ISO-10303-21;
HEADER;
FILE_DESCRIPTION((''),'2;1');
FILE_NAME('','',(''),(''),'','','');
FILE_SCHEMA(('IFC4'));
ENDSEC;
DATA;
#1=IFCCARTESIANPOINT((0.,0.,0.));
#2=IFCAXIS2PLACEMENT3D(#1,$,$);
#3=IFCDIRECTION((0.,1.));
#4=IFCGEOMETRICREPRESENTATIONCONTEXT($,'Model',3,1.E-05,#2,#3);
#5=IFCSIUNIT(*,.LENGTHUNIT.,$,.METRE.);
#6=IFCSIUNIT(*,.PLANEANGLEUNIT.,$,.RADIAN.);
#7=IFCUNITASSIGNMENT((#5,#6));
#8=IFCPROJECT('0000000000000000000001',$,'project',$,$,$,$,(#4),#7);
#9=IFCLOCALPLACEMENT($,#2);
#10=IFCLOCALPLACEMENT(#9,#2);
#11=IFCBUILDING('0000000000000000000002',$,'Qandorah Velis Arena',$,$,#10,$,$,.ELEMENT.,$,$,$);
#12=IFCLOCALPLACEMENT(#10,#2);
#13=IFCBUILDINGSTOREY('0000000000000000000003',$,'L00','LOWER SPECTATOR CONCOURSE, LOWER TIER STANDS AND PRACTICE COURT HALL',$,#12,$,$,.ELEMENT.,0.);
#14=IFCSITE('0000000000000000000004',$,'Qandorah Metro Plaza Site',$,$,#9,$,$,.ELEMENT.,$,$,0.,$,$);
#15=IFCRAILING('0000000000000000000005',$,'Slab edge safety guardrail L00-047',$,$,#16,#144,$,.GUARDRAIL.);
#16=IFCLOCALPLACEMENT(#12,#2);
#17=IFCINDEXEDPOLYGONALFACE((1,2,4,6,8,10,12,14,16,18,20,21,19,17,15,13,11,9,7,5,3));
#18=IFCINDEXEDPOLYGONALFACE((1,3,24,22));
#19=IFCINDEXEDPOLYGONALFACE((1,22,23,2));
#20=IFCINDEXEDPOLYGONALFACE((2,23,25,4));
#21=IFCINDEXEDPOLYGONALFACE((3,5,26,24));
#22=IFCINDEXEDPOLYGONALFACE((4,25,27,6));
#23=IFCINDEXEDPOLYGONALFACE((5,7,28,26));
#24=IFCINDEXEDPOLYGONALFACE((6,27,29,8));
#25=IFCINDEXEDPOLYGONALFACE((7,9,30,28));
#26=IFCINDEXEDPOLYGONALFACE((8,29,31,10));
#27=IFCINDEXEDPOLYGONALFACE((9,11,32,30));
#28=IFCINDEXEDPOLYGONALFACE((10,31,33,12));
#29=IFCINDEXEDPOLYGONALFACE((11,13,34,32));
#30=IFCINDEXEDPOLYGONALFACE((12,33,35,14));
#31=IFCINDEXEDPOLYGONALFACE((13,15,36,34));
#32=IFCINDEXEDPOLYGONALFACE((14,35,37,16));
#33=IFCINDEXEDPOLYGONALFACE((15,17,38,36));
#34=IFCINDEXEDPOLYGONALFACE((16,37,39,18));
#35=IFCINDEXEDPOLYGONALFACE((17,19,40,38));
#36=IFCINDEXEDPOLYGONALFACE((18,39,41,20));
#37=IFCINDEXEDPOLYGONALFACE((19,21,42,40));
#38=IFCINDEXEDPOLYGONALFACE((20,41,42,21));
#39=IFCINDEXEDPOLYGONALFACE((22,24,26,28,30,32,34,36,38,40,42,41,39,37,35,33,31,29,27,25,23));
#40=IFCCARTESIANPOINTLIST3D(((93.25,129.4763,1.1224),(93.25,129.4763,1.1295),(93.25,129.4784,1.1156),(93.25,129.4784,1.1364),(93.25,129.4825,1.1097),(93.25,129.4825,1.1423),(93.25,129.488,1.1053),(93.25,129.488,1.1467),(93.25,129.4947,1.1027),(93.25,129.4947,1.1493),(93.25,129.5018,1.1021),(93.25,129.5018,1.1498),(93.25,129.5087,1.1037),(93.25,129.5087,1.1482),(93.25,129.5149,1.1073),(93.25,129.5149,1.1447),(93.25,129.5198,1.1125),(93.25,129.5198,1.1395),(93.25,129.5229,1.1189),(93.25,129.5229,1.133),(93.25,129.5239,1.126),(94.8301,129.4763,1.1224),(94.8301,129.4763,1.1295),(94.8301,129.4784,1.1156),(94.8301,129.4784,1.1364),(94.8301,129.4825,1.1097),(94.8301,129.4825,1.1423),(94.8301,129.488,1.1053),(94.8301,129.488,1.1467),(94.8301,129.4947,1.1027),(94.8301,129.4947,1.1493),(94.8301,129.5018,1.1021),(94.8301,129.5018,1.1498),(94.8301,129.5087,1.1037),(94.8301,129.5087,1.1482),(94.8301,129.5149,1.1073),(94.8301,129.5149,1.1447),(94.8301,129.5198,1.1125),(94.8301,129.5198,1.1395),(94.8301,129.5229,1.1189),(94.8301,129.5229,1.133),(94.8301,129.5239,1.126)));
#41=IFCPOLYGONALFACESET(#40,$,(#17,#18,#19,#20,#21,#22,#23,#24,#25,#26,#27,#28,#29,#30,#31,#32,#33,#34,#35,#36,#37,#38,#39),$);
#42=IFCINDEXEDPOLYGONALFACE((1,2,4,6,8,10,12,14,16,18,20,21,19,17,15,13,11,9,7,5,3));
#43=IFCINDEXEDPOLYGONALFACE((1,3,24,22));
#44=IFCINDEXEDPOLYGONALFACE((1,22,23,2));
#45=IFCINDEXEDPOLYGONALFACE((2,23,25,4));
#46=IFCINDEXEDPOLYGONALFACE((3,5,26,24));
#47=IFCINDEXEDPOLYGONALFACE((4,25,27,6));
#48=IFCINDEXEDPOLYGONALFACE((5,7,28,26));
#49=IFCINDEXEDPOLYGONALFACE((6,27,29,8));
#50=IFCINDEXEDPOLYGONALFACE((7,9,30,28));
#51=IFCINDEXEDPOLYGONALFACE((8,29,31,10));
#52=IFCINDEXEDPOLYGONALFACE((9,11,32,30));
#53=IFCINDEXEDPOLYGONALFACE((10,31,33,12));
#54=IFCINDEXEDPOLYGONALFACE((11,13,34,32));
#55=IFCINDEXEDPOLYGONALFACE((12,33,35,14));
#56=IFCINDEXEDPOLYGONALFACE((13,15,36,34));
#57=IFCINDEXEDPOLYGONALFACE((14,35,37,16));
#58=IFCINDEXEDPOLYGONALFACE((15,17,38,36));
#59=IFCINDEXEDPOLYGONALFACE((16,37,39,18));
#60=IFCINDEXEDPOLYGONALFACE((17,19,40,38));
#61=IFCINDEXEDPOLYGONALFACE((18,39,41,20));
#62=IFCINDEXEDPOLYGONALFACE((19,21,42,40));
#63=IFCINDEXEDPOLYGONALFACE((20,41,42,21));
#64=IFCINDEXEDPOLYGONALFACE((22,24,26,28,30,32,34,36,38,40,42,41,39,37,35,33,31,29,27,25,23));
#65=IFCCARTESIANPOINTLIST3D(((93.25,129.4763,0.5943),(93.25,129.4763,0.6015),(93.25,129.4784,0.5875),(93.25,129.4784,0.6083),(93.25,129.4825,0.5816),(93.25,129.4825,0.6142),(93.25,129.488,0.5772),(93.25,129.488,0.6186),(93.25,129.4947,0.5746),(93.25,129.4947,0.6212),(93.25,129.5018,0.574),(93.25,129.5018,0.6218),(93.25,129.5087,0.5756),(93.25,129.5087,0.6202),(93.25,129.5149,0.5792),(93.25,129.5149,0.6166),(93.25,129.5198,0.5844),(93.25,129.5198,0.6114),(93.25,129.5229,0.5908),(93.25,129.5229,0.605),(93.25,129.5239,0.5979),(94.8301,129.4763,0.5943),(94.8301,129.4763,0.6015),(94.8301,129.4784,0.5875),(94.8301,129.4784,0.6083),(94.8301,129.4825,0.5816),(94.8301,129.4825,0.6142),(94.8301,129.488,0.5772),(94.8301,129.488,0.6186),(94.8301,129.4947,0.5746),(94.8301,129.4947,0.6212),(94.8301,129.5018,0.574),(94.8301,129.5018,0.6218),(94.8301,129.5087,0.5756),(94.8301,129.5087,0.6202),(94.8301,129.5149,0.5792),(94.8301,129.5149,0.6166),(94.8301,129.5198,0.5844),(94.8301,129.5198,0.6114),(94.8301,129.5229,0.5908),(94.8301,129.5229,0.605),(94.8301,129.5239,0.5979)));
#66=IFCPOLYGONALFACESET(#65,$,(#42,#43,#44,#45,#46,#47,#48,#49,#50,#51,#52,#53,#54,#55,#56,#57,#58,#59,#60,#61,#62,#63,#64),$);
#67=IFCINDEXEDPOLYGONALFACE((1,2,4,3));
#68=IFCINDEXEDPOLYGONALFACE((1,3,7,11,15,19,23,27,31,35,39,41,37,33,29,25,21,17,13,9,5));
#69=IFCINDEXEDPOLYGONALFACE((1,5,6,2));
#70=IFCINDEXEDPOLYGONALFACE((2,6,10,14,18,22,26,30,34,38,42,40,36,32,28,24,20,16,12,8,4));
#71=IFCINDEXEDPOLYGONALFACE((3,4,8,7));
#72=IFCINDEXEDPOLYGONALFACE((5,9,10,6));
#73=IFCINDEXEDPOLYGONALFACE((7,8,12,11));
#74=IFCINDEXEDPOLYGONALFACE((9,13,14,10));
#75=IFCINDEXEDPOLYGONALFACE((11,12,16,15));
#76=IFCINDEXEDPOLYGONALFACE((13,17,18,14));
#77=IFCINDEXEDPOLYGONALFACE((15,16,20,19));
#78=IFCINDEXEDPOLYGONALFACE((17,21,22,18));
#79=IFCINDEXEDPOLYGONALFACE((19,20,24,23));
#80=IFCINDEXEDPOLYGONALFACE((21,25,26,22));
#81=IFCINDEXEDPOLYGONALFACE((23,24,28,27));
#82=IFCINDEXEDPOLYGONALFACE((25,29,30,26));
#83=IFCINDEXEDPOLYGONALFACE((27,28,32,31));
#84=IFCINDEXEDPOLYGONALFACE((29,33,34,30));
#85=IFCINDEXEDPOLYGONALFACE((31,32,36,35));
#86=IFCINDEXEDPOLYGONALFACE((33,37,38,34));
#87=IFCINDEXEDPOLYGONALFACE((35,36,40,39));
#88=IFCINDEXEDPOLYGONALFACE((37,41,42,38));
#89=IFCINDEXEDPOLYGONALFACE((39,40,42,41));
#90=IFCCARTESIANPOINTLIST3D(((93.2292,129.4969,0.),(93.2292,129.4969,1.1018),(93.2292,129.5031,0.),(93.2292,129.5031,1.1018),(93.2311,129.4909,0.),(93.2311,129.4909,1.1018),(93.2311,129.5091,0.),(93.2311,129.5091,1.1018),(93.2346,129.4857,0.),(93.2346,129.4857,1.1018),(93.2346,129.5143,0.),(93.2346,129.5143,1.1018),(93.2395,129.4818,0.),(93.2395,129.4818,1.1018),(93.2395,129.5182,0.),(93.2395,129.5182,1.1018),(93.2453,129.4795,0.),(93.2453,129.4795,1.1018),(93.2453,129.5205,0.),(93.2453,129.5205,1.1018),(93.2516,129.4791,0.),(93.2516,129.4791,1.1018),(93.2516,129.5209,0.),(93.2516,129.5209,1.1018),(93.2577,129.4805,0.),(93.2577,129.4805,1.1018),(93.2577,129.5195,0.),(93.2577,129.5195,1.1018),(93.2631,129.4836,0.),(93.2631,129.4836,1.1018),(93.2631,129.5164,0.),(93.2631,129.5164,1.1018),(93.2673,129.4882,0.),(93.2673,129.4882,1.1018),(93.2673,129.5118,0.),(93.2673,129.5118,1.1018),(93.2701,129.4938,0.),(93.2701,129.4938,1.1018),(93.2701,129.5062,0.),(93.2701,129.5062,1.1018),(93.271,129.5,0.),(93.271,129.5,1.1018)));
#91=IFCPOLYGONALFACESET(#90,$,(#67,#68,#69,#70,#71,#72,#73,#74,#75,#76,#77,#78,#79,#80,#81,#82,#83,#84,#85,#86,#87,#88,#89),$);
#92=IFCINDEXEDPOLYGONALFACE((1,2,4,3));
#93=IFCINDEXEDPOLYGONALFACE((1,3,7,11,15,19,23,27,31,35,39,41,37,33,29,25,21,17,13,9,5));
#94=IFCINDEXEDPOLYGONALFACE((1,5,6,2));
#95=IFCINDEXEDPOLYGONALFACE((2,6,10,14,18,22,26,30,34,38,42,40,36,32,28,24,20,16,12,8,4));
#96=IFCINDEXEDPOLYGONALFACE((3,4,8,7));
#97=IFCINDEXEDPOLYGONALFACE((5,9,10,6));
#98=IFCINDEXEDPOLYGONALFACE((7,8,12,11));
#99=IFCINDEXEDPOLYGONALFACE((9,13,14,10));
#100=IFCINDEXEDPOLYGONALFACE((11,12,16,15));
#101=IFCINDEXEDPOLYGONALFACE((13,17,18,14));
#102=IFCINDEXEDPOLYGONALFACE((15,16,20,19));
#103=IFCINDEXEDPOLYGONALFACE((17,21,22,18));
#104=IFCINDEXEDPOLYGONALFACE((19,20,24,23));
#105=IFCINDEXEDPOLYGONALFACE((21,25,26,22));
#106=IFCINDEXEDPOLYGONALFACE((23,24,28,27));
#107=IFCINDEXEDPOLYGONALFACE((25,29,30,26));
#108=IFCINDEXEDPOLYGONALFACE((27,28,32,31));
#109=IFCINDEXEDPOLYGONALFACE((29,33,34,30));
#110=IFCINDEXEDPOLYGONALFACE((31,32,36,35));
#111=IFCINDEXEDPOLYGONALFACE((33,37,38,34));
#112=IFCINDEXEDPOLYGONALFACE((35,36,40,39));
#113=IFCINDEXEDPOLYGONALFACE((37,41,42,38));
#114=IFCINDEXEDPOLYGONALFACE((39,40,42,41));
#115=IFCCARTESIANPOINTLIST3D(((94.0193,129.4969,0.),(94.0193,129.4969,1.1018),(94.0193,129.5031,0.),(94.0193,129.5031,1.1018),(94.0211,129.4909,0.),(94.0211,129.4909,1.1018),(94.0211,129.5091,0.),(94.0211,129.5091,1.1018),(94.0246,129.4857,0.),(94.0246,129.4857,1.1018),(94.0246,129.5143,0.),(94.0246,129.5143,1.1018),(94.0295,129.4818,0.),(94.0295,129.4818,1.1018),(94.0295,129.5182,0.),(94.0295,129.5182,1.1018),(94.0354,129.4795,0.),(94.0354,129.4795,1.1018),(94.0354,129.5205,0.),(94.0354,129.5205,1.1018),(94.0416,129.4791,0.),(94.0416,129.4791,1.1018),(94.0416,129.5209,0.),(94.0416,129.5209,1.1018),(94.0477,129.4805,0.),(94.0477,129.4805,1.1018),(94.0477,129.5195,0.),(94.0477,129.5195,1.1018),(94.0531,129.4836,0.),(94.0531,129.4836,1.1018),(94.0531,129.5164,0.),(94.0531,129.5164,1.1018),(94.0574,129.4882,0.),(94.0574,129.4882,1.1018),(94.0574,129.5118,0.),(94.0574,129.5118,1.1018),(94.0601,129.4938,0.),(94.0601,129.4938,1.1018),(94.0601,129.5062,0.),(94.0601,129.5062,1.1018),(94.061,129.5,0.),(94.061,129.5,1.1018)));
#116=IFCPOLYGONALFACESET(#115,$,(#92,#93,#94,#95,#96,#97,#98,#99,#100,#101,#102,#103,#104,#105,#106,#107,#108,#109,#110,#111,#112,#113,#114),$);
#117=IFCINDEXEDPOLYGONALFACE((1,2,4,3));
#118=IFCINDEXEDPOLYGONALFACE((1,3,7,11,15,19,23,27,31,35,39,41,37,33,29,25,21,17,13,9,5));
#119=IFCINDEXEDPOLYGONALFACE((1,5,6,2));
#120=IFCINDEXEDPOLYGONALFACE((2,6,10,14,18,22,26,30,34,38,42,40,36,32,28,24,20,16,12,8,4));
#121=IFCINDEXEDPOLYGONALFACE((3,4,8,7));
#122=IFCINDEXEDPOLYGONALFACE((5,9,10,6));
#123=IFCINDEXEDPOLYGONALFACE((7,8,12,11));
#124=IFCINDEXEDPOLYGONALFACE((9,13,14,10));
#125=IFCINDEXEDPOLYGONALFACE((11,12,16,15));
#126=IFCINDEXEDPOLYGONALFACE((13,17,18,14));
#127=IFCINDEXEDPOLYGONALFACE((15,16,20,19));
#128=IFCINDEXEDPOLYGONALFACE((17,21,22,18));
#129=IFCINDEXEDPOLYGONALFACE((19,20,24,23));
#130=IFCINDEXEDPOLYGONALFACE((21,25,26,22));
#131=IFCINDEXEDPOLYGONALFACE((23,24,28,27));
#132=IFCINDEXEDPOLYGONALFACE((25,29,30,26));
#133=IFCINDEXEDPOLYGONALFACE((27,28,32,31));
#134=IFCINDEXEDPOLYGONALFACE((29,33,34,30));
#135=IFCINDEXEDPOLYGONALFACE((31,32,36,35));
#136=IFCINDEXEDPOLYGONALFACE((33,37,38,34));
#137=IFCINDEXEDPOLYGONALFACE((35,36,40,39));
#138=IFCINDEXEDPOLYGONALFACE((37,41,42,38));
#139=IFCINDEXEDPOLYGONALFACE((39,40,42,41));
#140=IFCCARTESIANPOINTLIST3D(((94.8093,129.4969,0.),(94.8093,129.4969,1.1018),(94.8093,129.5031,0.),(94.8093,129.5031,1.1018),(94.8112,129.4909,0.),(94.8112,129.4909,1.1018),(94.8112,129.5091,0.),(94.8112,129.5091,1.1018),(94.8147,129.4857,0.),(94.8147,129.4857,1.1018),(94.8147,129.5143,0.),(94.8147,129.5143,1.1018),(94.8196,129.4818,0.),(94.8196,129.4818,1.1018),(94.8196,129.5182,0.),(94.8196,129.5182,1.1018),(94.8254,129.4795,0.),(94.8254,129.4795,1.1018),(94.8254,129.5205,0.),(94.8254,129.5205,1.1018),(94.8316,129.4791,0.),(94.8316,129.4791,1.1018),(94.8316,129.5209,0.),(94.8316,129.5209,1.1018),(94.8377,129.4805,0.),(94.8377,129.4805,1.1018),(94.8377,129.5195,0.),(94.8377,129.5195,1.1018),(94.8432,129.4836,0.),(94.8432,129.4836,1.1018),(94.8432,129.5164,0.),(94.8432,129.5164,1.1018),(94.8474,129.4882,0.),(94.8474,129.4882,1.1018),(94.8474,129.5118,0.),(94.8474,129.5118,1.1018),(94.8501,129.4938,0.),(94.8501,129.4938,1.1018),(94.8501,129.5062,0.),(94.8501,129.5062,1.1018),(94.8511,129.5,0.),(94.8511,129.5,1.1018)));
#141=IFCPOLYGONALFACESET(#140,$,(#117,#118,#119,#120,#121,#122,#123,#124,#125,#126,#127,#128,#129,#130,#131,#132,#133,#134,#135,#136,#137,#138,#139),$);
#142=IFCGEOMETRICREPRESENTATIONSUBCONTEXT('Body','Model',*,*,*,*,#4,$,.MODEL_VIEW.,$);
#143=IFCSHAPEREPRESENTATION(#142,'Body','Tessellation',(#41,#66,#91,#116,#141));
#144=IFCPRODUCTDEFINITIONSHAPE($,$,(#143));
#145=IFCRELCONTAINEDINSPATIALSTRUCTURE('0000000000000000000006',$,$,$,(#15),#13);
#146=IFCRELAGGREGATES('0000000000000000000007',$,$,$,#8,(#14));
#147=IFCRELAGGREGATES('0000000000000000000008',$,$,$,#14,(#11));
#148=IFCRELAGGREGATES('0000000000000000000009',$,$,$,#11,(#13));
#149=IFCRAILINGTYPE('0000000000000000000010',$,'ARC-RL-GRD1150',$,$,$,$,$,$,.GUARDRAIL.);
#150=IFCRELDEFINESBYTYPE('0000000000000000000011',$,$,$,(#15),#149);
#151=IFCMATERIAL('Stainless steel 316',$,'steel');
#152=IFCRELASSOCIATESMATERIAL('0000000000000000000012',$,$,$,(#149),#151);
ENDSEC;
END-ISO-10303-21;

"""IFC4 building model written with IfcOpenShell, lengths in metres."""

from ifc_helpers import new_model, si_unit, direction, frame, origin, origin_2d, place, context, subcontext, project, spatial, circle, extrude, material, type_object, element, save


model = new_model("IFC4")

# Units and contexts
model_context = context("Model", 3, precision=1e-05, world=origin(), true_north=direction((0.0, 1.0)))
body_context = subcontext(model_context, "Body", "Model", "MODEL_VIEW")
ifc_project = project(units=[si_unit("LENGTHUNIT", "METRE"), si_unit("PLANEANGLEUNIT", "RADIAN")], contexts=[model_context])

# Site, building, storey
site_placement = place(None, origin())
site = spatial("IfcSite", under=ifc_project, at=site_placement, Name="Qandorah Metro Plaza Site", CompositionType="ELEMENT", RefElevation=0.0)
building_placement = place(site_placement, origin())
building = spatial("IfcBuilding", under=site, at=building_placement, Name="Qandorah Velis Arena", CompositionType="ELEMENT")
storey_placement = place(building_placement, origin())
storey = spatial("IfcBuildingStorey", under=building, at=storey_placement, Name="L00", Description="LOWER SPECTATOR CONCOURSE, LOWER TIER STANDS AND PRACTICE COURT HALL", CompositionType="ELEMENT", Elevation=0.0)

# Railing
ifc_material_1 = material(Name="Stainless steel 316", Category="steel")
railing_type_1 = type_object("IfcRailingType", Name="ARC-RL-GRD1150", PredefinedType="GUARDRAIL", material=ifc_material_1)
railing_1_placement = place(storey_placement, frame((93.25, 129.5, 0.0)))
element("IfcRailing", 1, at=railing_1_placement, inside=storey, type_object=railing_type_1, Name="Slab edge safety guardrail L00-047", PredefinedType="GUARDRAIL", context=body_context, shape_type="SweptSolid", body=[
    extrude(circle(Radius=0.0239, at=origin_2d()), frame((0.0, 0.0, 1.126), z_axis=(1.0, 0.0, 0.0), x_axis=(0.0, 1.0, 0.0)), (0.0, 0.0, 1.0), 1.5801),
    extrude(circle(Radius=0.0239, at=origin_2d()), frame((0.0, 0.0, 0.5979), z_axis=(1.0, 0.0, 0.0), x_axis=(0.0, 1.0, 0.0)), (0.0, 0.0, 1.0), 1.5801),
    extrude(circle(Radius=0.021, at=origin_2d()), origin(), (0.0, 0.0, 1.0), 1.1018),
    extrude(circle(Radius=0.021, at=origin_2d()), frame((0.79, 0.0, 0.0)), (0.0, 0.0, 1.0), 1.1018),
    extrude(circle(Radius=0.021, at=origin_2d()), frame((1.5801, 0.0, 0.0)), (0.0, 0.0, 1.0), 1.1018),
])

save(model, "model.ifc")
